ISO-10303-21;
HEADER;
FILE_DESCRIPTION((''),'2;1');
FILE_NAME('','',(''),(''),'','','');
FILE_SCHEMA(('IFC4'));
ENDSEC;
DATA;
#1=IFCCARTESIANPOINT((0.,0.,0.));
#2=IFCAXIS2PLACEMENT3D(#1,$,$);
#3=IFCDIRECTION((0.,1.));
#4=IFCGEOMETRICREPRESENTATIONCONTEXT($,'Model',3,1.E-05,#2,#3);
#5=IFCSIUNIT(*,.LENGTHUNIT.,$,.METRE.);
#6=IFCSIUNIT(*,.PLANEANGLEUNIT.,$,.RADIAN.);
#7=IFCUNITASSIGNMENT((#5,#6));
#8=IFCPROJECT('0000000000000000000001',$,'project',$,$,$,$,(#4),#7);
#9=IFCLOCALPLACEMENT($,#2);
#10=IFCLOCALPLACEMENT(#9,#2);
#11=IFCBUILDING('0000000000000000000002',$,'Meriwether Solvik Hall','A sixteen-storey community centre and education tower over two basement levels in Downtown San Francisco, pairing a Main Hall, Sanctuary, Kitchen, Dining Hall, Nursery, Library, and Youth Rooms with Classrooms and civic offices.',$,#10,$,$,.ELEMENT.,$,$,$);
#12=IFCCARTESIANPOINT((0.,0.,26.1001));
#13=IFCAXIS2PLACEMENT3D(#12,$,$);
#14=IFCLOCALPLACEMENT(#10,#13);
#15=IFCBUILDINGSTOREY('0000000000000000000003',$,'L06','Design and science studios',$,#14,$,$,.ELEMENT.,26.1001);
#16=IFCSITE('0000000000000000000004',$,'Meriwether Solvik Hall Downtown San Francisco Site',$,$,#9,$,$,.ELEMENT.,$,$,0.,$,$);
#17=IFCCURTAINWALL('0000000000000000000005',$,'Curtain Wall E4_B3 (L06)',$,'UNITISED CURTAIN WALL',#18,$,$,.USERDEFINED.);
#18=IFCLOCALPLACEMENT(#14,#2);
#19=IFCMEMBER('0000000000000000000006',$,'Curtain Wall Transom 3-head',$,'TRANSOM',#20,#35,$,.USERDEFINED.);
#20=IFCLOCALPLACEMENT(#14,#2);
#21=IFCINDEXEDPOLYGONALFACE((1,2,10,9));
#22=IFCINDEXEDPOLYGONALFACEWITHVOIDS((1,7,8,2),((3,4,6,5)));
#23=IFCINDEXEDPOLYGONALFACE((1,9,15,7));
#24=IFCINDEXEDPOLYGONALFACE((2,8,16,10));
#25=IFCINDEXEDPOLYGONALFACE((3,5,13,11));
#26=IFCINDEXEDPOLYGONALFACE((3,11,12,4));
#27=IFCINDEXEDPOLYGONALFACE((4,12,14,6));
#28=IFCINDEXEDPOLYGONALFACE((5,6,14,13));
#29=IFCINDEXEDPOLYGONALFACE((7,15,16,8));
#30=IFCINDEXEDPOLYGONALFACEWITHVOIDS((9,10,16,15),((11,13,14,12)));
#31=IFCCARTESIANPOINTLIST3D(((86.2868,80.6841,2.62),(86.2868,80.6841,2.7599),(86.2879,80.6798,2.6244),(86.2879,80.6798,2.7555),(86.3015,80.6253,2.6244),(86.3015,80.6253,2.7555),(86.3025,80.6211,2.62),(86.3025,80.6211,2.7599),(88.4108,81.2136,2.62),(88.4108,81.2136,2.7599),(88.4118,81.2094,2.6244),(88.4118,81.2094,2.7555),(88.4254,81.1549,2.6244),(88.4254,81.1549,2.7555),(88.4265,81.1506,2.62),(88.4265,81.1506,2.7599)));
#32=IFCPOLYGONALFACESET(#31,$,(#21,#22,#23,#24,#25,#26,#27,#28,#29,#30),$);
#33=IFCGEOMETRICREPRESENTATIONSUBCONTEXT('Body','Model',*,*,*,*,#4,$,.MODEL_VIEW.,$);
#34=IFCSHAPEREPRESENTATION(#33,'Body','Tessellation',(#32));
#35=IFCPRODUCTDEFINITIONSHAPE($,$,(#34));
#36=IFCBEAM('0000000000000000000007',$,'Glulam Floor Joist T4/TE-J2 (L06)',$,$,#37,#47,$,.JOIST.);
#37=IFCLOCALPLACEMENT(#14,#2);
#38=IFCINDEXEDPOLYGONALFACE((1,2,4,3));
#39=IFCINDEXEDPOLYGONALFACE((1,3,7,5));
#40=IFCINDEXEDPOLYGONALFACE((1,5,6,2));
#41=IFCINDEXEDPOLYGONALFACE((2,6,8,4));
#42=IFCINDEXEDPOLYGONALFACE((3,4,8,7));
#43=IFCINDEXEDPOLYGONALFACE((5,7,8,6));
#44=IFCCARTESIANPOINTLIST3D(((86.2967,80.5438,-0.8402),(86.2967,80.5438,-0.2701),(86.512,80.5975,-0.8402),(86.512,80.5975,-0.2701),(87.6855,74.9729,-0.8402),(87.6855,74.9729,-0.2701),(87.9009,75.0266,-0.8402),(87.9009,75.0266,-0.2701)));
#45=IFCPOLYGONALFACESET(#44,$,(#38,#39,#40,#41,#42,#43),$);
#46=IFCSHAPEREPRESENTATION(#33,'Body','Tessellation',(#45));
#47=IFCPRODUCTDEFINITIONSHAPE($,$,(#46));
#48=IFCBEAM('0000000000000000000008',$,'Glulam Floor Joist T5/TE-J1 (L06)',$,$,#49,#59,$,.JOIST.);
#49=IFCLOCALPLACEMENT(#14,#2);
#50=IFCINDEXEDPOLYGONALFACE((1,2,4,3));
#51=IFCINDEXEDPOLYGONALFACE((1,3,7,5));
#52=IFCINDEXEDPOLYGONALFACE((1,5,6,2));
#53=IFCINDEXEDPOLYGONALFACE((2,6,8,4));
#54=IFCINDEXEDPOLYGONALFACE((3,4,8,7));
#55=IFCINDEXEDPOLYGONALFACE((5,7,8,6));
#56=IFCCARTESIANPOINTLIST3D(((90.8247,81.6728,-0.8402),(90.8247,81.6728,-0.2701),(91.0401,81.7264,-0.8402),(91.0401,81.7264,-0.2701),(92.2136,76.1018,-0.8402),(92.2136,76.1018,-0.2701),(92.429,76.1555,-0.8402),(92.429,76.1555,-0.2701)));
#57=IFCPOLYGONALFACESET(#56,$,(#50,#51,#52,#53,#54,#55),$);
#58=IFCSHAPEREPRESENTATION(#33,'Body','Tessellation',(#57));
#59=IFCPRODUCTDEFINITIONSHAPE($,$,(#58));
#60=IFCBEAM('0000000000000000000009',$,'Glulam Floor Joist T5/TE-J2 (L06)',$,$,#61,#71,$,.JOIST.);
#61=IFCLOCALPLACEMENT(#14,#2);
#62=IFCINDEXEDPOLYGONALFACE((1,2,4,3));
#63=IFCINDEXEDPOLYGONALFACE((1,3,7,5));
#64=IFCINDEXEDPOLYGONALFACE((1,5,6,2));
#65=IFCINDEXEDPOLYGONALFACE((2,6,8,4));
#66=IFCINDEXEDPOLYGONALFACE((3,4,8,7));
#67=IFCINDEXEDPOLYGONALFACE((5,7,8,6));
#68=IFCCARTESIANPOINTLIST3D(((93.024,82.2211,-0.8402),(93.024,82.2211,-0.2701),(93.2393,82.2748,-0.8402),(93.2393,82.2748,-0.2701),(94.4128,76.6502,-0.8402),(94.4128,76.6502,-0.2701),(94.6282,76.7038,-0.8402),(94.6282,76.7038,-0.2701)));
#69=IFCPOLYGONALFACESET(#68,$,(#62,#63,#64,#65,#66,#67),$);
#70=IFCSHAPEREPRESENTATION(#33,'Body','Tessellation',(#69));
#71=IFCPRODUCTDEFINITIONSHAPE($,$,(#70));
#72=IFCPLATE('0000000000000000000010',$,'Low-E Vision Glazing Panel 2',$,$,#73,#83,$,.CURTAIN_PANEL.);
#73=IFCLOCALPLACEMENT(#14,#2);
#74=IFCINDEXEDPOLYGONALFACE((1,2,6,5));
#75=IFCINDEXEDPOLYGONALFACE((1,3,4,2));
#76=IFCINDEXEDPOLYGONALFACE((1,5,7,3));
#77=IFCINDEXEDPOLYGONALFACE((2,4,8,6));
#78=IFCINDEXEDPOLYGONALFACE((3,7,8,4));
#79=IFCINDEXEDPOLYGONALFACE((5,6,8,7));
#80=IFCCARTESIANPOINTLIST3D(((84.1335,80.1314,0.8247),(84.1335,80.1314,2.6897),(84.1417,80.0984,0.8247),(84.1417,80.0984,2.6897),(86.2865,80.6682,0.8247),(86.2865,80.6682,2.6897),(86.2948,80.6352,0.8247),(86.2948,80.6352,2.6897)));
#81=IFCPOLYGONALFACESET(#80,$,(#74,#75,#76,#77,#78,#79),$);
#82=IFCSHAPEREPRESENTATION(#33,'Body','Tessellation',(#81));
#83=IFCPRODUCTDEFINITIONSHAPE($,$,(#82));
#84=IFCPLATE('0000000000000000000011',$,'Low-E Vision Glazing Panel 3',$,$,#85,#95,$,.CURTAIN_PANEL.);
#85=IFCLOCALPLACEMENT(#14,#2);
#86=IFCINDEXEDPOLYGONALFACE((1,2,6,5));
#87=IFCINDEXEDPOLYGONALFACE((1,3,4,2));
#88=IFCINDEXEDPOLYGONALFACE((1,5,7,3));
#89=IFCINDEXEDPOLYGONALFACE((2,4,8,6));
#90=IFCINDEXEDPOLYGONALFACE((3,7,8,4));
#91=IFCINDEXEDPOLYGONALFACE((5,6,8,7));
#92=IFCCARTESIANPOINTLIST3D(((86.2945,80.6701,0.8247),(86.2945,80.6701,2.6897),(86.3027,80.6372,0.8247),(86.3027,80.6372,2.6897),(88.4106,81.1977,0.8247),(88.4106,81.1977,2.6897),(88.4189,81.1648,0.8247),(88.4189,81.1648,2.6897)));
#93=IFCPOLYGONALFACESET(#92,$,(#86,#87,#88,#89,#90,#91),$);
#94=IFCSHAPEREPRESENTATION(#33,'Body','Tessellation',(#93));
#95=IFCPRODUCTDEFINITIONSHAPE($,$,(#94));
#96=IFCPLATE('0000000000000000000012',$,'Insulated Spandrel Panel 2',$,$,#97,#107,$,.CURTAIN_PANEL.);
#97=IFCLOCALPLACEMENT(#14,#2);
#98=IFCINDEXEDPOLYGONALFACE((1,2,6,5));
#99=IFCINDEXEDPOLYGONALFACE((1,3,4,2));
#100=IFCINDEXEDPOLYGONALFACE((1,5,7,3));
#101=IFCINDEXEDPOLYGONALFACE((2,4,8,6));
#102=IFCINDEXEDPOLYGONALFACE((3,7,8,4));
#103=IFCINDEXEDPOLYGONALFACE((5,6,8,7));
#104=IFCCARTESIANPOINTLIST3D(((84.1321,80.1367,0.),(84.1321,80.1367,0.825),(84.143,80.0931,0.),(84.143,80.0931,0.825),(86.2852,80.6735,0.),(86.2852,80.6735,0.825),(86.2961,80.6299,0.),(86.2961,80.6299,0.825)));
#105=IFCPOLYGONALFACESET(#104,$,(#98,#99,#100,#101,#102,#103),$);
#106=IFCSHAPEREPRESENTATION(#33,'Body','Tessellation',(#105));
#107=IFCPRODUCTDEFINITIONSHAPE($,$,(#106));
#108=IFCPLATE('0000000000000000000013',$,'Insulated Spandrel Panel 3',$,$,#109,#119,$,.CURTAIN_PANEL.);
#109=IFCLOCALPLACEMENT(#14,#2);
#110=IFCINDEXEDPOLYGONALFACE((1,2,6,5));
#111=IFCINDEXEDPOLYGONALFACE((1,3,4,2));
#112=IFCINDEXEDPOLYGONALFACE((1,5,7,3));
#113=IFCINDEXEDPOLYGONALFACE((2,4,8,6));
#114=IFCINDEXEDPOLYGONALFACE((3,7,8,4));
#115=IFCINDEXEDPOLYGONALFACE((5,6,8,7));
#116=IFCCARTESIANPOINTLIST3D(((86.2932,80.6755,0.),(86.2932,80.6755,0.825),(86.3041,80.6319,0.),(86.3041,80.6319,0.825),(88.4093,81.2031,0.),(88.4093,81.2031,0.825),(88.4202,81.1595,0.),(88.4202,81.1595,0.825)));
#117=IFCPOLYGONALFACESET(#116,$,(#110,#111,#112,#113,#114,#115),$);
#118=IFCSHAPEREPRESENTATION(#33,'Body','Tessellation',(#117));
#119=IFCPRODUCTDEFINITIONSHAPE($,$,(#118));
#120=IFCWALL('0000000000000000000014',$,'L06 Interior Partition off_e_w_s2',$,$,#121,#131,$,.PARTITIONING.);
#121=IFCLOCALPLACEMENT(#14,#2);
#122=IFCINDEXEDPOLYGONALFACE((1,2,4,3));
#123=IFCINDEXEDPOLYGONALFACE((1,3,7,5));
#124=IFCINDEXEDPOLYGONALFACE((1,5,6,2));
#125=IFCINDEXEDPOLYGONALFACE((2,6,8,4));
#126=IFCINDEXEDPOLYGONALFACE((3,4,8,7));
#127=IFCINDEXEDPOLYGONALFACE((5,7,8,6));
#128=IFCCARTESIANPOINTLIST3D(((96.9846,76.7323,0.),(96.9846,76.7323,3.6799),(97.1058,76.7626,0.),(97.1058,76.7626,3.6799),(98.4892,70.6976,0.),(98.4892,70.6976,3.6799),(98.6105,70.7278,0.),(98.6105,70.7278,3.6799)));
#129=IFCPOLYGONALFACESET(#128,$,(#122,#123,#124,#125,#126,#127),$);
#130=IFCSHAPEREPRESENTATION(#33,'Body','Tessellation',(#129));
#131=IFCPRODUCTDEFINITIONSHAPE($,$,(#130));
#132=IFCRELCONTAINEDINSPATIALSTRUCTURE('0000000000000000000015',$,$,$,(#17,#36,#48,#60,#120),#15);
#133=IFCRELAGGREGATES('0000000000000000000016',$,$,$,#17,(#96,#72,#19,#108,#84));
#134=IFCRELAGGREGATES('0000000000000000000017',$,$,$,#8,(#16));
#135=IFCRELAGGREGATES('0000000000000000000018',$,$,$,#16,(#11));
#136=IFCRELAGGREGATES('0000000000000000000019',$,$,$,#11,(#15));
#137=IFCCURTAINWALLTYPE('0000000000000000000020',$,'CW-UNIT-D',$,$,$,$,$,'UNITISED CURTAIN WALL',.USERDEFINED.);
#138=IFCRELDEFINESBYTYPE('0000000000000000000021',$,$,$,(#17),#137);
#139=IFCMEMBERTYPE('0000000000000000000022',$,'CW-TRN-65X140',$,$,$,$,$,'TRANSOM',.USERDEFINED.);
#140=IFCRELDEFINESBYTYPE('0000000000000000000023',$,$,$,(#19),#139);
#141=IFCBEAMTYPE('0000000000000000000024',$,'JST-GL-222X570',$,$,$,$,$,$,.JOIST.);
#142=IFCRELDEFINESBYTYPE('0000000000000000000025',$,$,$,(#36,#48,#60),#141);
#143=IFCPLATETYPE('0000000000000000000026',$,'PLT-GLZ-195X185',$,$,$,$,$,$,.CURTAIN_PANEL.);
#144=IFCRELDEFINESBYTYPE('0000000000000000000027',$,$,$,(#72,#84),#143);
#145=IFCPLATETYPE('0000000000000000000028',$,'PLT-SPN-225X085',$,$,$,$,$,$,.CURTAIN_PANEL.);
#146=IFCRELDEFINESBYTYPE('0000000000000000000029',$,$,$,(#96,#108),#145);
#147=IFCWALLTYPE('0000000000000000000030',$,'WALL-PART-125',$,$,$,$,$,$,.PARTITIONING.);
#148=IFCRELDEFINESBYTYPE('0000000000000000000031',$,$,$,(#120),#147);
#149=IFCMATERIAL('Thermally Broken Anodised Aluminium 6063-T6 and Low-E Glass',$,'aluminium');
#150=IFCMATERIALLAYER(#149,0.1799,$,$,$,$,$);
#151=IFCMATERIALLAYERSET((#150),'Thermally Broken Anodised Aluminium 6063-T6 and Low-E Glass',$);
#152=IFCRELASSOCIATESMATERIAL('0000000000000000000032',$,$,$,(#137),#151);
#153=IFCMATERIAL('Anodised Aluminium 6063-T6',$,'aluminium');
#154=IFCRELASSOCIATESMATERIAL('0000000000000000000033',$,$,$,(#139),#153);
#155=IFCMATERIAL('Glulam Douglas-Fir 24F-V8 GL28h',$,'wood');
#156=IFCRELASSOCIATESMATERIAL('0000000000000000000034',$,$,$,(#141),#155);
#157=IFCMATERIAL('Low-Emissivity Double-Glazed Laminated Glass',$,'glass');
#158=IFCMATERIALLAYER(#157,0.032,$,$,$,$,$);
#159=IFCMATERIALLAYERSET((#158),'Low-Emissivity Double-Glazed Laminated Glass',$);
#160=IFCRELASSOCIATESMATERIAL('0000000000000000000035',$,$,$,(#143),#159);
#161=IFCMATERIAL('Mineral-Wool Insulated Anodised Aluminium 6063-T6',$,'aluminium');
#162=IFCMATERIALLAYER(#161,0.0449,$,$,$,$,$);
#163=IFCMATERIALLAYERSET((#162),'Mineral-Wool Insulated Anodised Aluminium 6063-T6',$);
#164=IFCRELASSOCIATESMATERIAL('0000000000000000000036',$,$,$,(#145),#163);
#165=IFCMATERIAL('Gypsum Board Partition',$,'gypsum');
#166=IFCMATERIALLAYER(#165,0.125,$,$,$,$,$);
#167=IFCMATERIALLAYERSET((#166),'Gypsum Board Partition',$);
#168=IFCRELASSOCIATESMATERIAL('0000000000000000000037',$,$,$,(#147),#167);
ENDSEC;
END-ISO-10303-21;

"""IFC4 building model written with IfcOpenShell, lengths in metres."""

from ifc_helpers import new_model, si_unit, direction, frame, frame_2d, origin, origin_2d, place, context, subcontext, project, spatial, rectangle, hollow_rectangle, extrude, material, layer, layer_set, material_profile, profile_set, type_object, element, aggregate, save


model = new_model("IFC4")

# Units and contexts
model_context = context("Model", 3, precision=1e-05, world=origin(), true_north=direction((0.0, 1.0)))
body_context = subcontext(model_context, "Body", "Model", "MODEL_VIEW")
ifc_project = project(units=[si_unit("LENGTHUNIT", "METRE"), si_unit("PLANEANGLEUNIT", "RADIAN")], contexts=[model_context])

# Site, building, storey
site_placement = place(None, origin())
site = spatial("IfcSite", under=ifc_project, at=site_placement, Name="Meriwether Solvik Hall Downtown San Francisco Site", CompositionType="ELEMENT", RefElevation=0.0)
building_placement = place(site_placement, origin())
building = spatial("IfcBuilding", under=site, at=building_placement, Name="Meriwether Solvik Hall", Description="A sixteen-storey community centre and education tower over two basement levels in Downtown San Francisco, pairing a Main Hall, Sanctuary, Kitchen, Dining Hall, Nursery, Library, and Youth Rooms with Classrooms and civic offices.", CompositionType="ELEMENT")
storey_placement = place(building_placement, frame((0.0, 0.0, 26.1001)))
storey = spatial("IfcBuildingStorey", under=building, at=storey_placement, Name="L06", Description="Design and science studios", CompositionType="ELEMENT", Elevation=26.1001)

# Curtain wall, member
ifc_material_1 = material(Name="Thermally Broken Anodised Aluminium 6063-T6 and Low-E Glass", Category="aluminium")
ifc_layer_1 = layer(ifc_material_1, 0.1799)
ifc_layer_set_1 = layer_set([ifc_layer_1], Name="Thermally Broken Anodised Aluminium 6063-T6 and Low-E Glass")
curtain_wall_type = type_object("IfcCurtainWallType", Name="CW-UNIT-D", ElementType="UNITISED CURTAIN WALL", PredefinedType="USERDEFINED", material=ifc_layer_set_1)
curtain_wall_placement = place(storey_placement, origin())
curtain_wall = element("IfcCurtainWall", 1, at=curtain_wall_placement, inside=storey, type_object=curtain_wall_type, Name="Curtain Wall E4_B3 (L06)", ObjectType="UNITISED CURTAIN WALL", PredefinedType="USERDEFINED")
ifc_material_2 = material(Name="Anodised Aluminium 6063-T6", Category="aluminium")
ifc_material_profile_1 = material_profile(ifc_material_2, hollow_rectangle(XDim=0.0649, YDim=0.1399, WallThickness=0.0044, at=origin_2d()), Name="CWT-65X140")
ifc_profile_set_1 = profile_set([ifc_material_profile_1], Name="Anodised Aluminium 6063-T6")
member_type_1 = type_object("IfcMemberType", Name="CW-TRN-65X140", ElementType="TRANSOM", PredefinedType="USERDEFINED", material=ifc_profile_set_1)
member_1_placement = place(storey_placement, frame((86.2947, 80.6526, 2.6899), z_axis=(0.9703, 0.241906, 0.0), x_axis=(-0.241906, 0.9703, 0.0)))
member_1 = element("IfcMember", 2, at=member_1_placement, type_object=member_type_1, Name="Curtain Wall Transom 3-head", ObjectType="TRANSOM", PredefinedType="USERDEFINED", context=body_context, shape_type="SweptSolid", body=[
    extrude(hollow_rectangle(XDim=0.0649, YDim=0.1399, WallThickness=0.0044, at=origin_2d()), origin(), (0.0, 0.0, 1.0), 2.189),
])

# Beams
ifc_material_3 = material(Name="Glulam Douglas-Fir 24F-V8 GL28h", Category="wood")
ifc_material_profile_2 = material_profile(ifc_material_3, rectangle(XDim=0.2219, YDim=0.5701, at=origin_2d()), Name="GLJ-222X570")
ifc_profile_set_2 = profile_set([ifc_material_profile_2], Name="Glulam Douglas-Fir 24F-V8 GL28h")
beam_type_1 = type_object("IfcBeamType", Name="JST-GL-222X570", PredefinedType="JOIST", material=ifc_profile_set_2)
for number, where, z_axis, x_axis, name in (
    (3, (87.7932, 74.9998, -0.5552), (-0.241905, 0.9703, 0.0), (-0.9703, -0.241905, 0.0), "Glulam Floor Joist T4/TE-J2 (L06)"),
    (4, (92.3213, 76.1287, -0.5552), (-0.241905, 0.9703, 0.0), (-0.9703, -0.241905, 0.0), "Glulam Floor Joist T5/TE-J1 (L06)"),
    (5, (94.5205, 76.677, -0.5552), (-0.241905, 0.9703, 0.0), (-0.9703, -0.241905, 0.0), "Glulam Floor Joist T5/TE-J2 (L06)"),
):
    element("IfcBeam", number, at=place(storey_placement, frame(where, z_axis=z_axis, x_axis=x_axis)), inside=storey, type_object=beam_type_1, Name=name, PredefinedType="JOIST", context=body_context, shape_type="SweptSolid", body=[
        extrude(rectangle(XDim=0.2219, YDim=0.5701, at=origin_2d()), origin(), (0.0, 0.0, 1.0), 5.7415),
    ])

# Plates
ifc_material_4 = material(Name="Low-Emissivity Double-Glazed Laminated Glass", Category="glass")
ifc_layer_2 = layer(ifc_material_4, 0.032)
ifc_layer_set_2 = layer_set([ifc_layer_2], Name="Low-Emissivity Double-Glazed Laminated Glass")
plate_type_1 = type_object("IfcPlateType", Name="PLT-GLZ-195X185", PredefinedType="CURTAIN_PANEL", material=ifc_layer_set_2)
plate_1_placement = place(storey_placement, frame((85.2141, 80.3833, 0.8247), z_axis=(0.0, 0.0, 1.0), x_axis=(0.970296, 0.241922, 0.0)))
plate_1 = element("IfcPlate", 6, at=plate_1_placement, type_object=plate_type_1, Name="Low-E Vision Glazing Panel 2", PredefinedType="CURTAIN_PANEL", context=body_context, shape_type="SweptSolid", body=[
    extrude(rectangle(XDim=2.219, YDim=0.0339, at=origin_2d()), origin(), (0.0, 0.0, 1.0), 1.865),
])
plate_2_placement = place(storey_placement, frame((87.3567, 80.9175, 0.8247), z_axis=(0.0, 0.0, 1.0), x_axis=(0.970296, 0.241922, 0.0)))
plate_2 = element("IfcPlate", 7, at=plate_2_placement, type_object=plate_type_1, Name="Low-E Vision Glazing Panel 3", PredefinedType="CURTAIN_PANEL", context=body_context, shape_type="SweptSolid", body=[
    extrude(rectangle(XDim=2.1809, YDim=0.0339, at=origin_2d()), origin(), (0.0, 0.0, 1.0), 1.865),
])
ifc_material_5 = material(Name="Mineral-Wool Insulated Anodised Aluminium 6063-T6", Category="aluminium")
ifc_layer_3 = layer(ifc_material_5, 0.0449)
ifc_layer_set_3 = layer_set([ifc_layer_3], Name="Mineral-Wool Insulated Anodised Aluminium 6063-T6")
plate_type_2 = type_object("IfcPlateType", Name="PLT-SPN-225X085", PredefinedType="CURTAIN_PANEL", material=ifc_layer_set_3)
plate_3_placement = place(storey_placement, frame((85.2141, 80.3833, 0.0), z_axis=(0.0, 0.0, 1.0), x_axis=(0.970296, 0.241922, 0.0)))
plate_3 = element("IfcPlate", 8, at=plate_3_placement, type_object=plate_type_2, Name="Insulated Spandrel Panel 2", PredefinedType="CURTAIN_PANEL", context=body_context, shape_type="SweptSolid", body=[
    extrude(rectangle(XDim=2.219, YDim=0.0449, at=origin_2d()), origin(), (0.0, 0.0, 1.0), 0.825),
])
plate_4_placement = place(storey_placement, frame((87.3567, 80.9175, 0.0), z_axis=(0.0, 0.0, 1.0), x_axis=(0.970296, 0.241922, 0.0)))
plate_4 = element("IfcPlate", 9, at=plate_4_placement, type_object=plate_type_2, Name="Insulated Spandrel Panel 3", PredefinedType="CURTAIN_PANEL", context=body_context, shape_type="SweptSolid", body=[
    extrude(rectangle(XDim=2.1809, YDim=0.0449, at=origin_2d()), origin(), (0.0, 0.0, 1.0), 0.825),
])
aggregate(curtain_wall, [plate_3, plate_1, member_1, plate_4, plate_2])

# Wall
ifc_material_6 = material(Name="Gypsum Board Partition", Category="gypsum")
ifc_layer_4 = layer(ifc_material_6, 0.125)
ifc_layer_set_4 = layer_set([ifc_layer_4], Name="Gypsum Board Partition")
wall_type = type_object("IfcWallType", Name="WALL-PART-125", PredefinedType="PARTITIONING", material=ifc_layer_set_4)
wall_placement = place(storey_placement, frame((97.0452, 76.7476, 0.0), z_axis=(0.0, 0.0, 1.0), x_axis=(0.241926, -0.970295, 0.0)))
element("IfcWall", 10, at=wall_placement, inside=storey, type_object=wall_type, Name="L06 Interior Partition off_e_w_s2", PredefinedType="PARTITIONING", context=body_context, shape_type="SweptSolid", body=[
    extrude(rectangle(XDim=6.2195, YDim=0.125, at=frame_2d((3.1099, 0.0))), origin(), (0.0, 0.0, 1.0), 3.6799),
])

save(model, "model.ifc")
